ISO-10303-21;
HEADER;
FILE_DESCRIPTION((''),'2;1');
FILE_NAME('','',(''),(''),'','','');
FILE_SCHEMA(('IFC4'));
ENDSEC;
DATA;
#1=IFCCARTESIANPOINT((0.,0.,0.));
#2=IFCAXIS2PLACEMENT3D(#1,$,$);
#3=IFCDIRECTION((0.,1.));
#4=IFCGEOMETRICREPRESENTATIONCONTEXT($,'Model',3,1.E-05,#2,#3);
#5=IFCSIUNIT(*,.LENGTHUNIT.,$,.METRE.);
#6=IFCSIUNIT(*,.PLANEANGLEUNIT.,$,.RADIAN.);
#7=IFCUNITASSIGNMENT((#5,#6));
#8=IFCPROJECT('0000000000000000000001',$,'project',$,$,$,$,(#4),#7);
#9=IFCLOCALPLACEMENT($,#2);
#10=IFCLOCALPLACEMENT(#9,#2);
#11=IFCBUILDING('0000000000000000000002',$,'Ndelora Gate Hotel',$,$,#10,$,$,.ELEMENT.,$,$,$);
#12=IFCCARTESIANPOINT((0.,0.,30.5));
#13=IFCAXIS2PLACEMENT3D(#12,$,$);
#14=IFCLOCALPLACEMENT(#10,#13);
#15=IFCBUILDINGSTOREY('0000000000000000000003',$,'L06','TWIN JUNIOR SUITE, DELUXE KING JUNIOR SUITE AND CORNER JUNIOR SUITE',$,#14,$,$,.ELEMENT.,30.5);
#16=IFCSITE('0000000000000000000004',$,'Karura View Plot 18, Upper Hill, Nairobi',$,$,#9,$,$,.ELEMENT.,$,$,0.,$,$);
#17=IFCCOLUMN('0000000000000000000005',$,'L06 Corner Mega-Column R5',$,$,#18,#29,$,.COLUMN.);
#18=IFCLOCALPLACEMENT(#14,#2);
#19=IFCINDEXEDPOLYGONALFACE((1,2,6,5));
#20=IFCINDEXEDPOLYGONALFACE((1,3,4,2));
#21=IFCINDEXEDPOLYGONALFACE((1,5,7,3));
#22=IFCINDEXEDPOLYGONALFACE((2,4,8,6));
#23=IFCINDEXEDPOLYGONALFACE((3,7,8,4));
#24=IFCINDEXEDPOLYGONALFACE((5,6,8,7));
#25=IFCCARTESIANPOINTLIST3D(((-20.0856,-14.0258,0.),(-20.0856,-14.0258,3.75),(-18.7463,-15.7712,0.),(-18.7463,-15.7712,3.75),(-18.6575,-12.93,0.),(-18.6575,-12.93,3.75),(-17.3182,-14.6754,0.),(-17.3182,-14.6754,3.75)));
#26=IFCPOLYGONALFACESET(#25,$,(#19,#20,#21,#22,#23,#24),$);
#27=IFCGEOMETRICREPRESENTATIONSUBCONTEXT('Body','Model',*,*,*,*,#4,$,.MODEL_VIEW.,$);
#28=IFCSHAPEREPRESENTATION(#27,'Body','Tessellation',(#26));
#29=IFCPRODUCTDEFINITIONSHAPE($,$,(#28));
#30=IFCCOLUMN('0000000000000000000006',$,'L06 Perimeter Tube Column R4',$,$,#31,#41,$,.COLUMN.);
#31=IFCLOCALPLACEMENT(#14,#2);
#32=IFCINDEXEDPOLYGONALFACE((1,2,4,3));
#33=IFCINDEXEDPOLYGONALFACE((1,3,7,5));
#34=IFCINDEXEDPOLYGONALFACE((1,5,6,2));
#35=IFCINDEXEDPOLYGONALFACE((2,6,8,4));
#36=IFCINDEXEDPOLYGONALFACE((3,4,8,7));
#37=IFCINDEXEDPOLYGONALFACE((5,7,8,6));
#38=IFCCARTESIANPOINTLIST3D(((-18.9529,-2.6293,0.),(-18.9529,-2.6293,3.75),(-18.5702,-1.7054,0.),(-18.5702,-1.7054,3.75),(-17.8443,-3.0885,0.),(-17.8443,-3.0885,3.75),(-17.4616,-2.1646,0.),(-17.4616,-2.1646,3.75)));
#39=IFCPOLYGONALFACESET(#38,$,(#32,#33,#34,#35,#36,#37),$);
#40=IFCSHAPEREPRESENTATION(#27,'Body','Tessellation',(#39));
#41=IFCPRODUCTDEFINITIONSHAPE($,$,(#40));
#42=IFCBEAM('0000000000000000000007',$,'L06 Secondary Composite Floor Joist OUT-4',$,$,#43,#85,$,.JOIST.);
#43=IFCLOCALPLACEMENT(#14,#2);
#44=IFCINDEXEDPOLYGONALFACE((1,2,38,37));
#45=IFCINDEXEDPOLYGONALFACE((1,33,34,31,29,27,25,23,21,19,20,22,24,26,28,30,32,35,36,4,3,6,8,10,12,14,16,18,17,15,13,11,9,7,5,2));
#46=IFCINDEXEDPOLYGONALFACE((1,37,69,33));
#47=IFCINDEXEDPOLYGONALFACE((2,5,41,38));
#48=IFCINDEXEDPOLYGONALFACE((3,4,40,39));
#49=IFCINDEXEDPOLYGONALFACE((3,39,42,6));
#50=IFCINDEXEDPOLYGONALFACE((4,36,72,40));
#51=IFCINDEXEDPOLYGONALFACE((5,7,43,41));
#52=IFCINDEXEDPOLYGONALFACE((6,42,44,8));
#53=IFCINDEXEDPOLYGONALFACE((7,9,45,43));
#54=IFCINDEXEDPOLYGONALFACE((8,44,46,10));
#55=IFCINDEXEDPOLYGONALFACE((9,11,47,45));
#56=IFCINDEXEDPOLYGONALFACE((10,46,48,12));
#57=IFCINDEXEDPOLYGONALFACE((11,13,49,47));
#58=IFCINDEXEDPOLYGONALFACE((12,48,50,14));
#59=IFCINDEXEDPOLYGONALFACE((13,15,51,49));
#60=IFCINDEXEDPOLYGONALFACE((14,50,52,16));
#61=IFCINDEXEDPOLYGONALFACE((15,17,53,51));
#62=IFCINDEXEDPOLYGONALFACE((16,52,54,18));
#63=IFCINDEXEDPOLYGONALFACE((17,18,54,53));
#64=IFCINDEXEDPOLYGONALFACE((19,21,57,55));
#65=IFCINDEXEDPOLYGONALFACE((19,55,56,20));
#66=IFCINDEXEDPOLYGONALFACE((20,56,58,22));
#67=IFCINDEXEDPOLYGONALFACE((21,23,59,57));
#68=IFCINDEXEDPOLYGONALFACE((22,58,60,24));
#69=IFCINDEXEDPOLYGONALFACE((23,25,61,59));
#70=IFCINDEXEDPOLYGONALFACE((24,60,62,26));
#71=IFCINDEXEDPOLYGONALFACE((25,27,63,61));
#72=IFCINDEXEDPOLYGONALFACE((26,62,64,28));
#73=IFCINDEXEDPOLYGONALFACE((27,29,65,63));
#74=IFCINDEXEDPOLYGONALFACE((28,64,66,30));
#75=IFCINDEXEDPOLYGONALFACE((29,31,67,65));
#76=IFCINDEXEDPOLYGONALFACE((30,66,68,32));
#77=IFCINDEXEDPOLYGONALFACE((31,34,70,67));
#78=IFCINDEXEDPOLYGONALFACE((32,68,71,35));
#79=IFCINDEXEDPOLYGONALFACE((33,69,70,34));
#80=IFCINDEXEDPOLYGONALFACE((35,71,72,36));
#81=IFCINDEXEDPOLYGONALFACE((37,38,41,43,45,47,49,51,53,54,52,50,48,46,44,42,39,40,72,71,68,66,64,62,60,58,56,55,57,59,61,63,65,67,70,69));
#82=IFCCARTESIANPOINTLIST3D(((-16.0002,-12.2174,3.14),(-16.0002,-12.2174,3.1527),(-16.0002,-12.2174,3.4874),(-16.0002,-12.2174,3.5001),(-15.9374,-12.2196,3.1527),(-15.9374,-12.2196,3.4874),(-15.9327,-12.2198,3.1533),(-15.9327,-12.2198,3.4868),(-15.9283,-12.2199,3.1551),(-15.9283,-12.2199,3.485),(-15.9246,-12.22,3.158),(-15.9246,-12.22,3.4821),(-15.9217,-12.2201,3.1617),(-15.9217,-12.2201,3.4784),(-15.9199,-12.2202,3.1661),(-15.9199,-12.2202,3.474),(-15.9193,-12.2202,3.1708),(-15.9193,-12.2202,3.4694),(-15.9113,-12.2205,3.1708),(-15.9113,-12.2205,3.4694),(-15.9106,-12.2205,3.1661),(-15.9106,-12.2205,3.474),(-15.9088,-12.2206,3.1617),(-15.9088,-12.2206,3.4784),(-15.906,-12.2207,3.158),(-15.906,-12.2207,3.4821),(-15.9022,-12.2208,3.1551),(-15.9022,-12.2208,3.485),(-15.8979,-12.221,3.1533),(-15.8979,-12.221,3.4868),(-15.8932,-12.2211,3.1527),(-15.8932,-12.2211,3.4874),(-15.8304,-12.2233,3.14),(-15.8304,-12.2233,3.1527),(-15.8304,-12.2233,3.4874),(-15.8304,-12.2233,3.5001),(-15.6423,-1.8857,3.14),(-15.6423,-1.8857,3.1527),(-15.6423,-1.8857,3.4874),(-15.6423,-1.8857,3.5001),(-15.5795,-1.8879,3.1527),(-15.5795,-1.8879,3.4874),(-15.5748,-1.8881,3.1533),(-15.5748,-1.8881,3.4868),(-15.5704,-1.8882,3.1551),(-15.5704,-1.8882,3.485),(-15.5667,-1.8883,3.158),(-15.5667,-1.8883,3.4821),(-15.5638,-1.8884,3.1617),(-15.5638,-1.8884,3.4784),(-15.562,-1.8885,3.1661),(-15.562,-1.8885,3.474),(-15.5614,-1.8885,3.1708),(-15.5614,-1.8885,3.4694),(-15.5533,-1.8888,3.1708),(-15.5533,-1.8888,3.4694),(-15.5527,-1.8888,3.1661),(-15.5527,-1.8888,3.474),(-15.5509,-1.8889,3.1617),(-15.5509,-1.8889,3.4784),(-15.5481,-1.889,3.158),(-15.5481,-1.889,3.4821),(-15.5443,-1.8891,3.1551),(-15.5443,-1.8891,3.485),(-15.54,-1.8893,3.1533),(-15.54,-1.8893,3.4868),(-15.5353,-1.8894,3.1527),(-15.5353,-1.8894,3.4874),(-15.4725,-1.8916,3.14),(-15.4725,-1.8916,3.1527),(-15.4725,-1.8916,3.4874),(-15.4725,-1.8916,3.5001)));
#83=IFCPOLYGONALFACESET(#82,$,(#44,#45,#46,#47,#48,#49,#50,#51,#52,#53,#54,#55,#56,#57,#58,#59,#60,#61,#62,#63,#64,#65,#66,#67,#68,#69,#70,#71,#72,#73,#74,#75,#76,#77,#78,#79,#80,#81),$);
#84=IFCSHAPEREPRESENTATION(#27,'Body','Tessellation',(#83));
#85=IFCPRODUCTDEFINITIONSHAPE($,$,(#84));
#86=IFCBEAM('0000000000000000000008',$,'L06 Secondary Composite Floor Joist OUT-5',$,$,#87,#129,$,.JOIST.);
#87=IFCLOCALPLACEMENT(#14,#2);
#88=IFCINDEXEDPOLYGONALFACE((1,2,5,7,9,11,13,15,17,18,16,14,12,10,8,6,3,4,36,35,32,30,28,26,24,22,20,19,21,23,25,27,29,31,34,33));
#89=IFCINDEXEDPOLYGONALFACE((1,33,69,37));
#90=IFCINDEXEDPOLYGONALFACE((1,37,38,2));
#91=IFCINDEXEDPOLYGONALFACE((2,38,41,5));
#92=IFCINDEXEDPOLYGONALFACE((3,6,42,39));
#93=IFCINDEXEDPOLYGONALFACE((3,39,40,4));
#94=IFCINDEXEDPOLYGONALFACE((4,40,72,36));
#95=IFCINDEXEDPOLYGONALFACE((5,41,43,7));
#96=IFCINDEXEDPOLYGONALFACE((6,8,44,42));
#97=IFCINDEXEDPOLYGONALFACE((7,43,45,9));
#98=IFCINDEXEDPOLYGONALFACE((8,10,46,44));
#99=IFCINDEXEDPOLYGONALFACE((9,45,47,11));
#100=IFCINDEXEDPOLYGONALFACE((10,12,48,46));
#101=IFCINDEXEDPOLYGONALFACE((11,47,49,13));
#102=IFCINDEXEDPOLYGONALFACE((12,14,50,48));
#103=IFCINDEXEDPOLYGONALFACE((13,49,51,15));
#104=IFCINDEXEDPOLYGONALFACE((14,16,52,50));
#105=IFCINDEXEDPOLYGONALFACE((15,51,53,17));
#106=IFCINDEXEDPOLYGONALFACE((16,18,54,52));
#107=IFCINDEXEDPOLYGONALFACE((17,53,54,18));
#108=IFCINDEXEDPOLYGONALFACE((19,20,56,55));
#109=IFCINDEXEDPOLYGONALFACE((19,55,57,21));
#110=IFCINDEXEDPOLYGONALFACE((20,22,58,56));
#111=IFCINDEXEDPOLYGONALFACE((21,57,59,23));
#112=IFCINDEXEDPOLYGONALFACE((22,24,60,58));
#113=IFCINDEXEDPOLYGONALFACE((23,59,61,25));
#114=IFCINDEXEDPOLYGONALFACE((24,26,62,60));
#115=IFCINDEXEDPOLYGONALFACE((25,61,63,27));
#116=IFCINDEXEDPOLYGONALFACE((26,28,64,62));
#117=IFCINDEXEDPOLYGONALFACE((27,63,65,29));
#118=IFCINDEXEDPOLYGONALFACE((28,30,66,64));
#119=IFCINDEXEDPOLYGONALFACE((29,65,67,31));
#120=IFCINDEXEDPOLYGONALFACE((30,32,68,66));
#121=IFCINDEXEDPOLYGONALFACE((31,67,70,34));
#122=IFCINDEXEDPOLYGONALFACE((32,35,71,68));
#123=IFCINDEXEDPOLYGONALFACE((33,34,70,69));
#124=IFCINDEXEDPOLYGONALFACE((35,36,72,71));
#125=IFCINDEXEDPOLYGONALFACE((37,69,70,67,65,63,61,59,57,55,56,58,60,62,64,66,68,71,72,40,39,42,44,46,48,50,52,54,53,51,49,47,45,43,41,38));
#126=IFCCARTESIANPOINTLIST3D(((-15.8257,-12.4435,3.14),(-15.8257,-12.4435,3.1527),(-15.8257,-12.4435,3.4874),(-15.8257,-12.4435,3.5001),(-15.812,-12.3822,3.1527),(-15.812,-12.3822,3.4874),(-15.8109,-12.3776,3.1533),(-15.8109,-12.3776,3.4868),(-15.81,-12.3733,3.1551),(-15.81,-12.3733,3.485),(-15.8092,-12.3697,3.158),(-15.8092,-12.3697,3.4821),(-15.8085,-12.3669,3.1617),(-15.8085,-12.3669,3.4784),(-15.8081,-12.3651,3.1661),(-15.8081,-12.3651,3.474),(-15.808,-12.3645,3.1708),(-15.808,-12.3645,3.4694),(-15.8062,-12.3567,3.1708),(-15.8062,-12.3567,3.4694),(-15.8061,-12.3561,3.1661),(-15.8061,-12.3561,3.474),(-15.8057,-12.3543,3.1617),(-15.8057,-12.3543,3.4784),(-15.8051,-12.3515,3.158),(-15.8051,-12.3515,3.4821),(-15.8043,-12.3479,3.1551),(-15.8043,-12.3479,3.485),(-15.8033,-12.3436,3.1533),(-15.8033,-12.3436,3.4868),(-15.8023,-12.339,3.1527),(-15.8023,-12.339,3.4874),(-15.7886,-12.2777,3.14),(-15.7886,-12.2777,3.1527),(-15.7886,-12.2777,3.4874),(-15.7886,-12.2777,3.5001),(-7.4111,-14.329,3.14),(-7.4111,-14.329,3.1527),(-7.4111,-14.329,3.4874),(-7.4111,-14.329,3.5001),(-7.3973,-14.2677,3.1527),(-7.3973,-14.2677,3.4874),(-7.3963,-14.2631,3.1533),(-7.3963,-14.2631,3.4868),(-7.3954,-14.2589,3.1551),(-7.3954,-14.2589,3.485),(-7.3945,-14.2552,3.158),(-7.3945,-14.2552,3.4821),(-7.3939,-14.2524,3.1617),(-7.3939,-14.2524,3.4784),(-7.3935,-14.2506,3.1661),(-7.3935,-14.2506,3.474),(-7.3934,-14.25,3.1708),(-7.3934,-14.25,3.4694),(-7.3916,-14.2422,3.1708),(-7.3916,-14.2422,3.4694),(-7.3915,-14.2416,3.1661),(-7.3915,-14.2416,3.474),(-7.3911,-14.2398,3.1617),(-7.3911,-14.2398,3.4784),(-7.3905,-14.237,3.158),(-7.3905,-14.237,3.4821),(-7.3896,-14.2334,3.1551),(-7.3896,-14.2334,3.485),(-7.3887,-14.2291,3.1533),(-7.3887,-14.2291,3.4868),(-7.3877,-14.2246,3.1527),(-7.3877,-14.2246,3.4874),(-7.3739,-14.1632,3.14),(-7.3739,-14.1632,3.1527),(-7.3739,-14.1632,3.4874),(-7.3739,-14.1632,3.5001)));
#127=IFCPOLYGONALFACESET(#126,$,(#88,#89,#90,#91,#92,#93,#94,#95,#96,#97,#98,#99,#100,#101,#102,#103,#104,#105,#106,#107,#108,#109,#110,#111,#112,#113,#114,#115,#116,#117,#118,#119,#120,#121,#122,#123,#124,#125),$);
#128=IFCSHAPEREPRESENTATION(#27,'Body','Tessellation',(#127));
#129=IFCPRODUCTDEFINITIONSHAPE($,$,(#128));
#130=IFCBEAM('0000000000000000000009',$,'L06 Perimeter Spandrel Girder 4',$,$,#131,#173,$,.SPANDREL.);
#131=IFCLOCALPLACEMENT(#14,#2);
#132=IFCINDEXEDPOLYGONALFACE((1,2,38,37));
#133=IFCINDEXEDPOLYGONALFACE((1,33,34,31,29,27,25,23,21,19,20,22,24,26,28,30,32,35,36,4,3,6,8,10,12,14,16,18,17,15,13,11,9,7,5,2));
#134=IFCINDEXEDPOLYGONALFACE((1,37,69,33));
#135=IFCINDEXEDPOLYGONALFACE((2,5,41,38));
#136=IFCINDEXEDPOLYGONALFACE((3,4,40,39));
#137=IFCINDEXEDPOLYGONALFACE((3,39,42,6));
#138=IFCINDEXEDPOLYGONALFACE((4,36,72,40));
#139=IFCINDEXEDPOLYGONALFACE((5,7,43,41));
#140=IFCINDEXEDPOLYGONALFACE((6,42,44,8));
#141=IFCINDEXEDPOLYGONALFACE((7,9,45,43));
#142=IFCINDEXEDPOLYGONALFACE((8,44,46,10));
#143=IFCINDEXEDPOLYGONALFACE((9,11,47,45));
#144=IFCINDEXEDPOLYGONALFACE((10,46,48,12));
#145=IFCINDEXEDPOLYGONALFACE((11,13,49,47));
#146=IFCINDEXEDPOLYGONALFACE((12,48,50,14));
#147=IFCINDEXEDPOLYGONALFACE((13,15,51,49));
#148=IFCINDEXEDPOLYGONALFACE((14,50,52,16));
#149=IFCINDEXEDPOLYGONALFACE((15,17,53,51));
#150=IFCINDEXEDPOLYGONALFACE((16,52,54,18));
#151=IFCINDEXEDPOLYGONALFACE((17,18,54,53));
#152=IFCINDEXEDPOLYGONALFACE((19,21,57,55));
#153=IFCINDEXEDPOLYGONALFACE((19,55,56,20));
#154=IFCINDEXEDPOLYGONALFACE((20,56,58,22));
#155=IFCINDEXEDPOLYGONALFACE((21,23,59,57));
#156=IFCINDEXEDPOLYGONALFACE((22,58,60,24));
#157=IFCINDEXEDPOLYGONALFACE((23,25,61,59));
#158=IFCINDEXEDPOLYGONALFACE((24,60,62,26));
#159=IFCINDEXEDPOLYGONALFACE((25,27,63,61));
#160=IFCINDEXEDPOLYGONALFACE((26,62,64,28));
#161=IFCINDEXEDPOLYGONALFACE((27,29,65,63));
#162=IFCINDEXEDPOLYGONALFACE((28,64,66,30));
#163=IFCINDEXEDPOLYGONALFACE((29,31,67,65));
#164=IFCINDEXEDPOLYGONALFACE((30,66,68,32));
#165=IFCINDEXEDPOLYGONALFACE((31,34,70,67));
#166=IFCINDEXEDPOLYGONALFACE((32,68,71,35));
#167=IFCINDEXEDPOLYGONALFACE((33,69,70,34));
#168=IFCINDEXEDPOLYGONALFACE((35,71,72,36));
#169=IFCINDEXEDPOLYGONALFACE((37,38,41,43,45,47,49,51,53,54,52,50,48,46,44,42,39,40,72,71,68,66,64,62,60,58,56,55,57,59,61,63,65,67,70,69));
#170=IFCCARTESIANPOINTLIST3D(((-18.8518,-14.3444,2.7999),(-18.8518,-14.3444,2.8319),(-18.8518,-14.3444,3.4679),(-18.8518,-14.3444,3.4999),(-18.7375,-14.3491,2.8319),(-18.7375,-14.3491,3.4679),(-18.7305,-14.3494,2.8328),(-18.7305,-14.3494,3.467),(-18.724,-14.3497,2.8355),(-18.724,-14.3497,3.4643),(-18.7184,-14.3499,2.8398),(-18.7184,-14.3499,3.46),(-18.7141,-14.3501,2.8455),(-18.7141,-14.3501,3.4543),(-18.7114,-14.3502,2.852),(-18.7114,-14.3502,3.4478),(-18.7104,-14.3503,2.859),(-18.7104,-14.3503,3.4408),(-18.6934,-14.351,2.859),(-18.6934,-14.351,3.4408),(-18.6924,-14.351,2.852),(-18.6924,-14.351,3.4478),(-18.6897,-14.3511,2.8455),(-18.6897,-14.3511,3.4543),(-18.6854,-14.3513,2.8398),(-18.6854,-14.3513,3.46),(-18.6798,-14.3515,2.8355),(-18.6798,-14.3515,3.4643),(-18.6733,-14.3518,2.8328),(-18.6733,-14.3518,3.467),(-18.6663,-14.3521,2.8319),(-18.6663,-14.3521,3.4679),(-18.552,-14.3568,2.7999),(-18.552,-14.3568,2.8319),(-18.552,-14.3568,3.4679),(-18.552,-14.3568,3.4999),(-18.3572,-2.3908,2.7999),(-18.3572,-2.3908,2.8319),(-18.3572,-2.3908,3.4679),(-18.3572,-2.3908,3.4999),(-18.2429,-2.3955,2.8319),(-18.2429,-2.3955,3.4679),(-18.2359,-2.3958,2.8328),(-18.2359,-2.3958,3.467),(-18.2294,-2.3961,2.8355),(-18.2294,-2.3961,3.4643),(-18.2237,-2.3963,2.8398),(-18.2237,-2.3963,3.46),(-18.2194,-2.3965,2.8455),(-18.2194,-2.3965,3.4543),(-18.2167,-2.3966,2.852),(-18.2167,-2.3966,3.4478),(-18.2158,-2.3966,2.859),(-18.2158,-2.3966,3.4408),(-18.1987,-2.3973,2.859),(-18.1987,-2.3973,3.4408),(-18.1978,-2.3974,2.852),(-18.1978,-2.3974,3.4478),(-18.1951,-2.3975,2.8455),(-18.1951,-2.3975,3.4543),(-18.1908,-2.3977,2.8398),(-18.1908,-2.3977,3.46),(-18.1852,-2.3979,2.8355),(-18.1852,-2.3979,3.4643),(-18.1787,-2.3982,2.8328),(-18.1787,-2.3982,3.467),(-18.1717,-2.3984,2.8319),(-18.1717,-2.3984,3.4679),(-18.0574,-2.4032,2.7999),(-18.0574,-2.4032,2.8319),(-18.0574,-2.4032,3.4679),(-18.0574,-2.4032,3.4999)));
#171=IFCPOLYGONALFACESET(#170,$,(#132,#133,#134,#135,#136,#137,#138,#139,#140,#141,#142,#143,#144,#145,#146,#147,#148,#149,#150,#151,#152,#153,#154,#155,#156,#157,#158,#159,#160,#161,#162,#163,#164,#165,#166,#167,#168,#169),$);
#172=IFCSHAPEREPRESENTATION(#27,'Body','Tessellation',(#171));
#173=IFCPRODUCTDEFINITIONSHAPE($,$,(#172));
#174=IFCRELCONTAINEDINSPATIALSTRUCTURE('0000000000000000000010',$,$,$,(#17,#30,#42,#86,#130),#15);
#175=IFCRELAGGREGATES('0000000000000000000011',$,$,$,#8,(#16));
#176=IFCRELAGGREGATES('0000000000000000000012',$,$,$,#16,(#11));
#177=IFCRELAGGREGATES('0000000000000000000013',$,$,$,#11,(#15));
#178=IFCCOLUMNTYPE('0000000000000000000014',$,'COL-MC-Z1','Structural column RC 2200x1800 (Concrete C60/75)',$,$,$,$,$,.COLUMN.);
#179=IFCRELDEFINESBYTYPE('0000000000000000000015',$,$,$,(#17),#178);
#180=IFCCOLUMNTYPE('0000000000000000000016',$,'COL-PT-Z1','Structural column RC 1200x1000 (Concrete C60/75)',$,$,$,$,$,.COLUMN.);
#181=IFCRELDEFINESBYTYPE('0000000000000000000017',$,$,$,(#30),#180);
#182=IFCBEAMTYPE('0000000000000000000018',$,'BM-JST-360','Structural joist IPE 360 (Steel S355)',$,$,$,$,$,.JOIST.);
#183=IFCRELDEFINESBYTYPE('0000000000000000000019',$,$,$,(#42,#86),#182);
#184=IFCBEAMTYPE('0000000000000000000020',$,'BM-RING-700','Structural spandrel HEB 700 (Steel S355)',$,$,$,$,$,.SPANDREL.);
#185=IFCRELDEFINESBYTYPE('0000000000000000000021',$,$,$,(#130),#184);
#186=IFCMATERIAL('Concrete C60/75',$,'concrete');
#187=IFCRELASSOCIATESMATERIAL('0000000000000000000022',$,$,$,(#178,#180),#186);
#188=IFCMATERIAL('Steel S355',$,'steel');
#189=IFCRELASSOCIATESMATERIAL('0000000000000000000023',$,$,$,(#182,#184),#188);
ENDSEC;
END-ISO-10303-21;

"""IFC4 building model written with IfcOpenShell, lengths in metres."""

from ifc_helpers import new_model, si_unit, direction, frame, origin, origin_2d, place, context, subcontext, project, spatial, rectangle, i_section, extrude, material, material_profile, profile_set, type_object, element, save


model = new_model("IFC4")

# Units and contexts
model_context = context("Model", 3, precision=1e-05, world=origin(), true_north=direction((0.0, 1.0)))
body_context = subcontext(model_context, "Body", "Model", "MODEL_VIEW")
ifc_project = project(units=[si_unit("LENGTHUNIT", "METRE"), si_unit("PLANEANGLEUNIT", "RADIAN")], contexts=[model_context])

# Site, building, storey
site_placement = place(None, origin())
site = spatial("IfcSite", under=ifc_project, at=site_placement, Name="Karura View Plot 18, Upper Hill, Nairobi", CompositionType="ELEMENT", RefElevation=0.0)
building_placement = place(site_placement, origin())
building = spatial("IfcBuilding", under=site, at=building_placement, Name="Ndelora Gate Hotel", CompositionType="ELEMENT")
storey_placement = place(building_placement, frame((0.0, 0.0, 30.5)))
storey = spatial("IfcBuildingStorey", under=building, at=storey_placement, Name="L06", Description="TWIN JUNIOR SUITE, DELUXE KING JUNIOR SUITE AND CORNER JUNIOR SUITE", CompositionType="ELEMENT", Elevation=30.5)

# Columns
ifc_material_1 = material(Name="Concrete C60/75", Category="concrete")
ifc_material_profile_1 = material_profile(ifc_material_1, rectangle(XDim=1.8, YDim=2.2, at=origin_2d()), Name="RC 2200x1800")
ifc_profile_set_1 = profile_set([ifc_material_profile_1], Name="Concrete C60/75")
column_type_1 = type_object("IfcColumnType", Name="COL-MC-Z1", Description="Structural column RC 2200x1800 (Concrete C60/75)", PredefinedType="COLUMN", material=ifc_profile_set_1)
column_1_placement = place(storey_placement, frame((-18.7019, -14.3506, 0.0), z_axis=(0.0, 0.0, 1.0), x_axis=(0.793353, 0.608761, 0.0)))
element("IfcColumn", 1, at=column_1_placement, inside=storey, type_object=column_type_1, Name="L06 Corner Mega-Column R5", PredefinedType="COLUMN", context=body_context, shape_type="SweptSolid", body=[
    extrude(rectangle(XDim=1.8, YDim=2.2, at=origin_2d()), origin(), (0.0, 0.0, 1.0), 3.75),
])
ifc_material_profile_2 = material_profile(ifc_material_1, rectangle(XDim=1.0, YDim=1.2, at=origin_2d()), Name="RC 1200x1000")
ifc_profile_set_2 = profile_set([ifc_material_profile_2], Name="Concrete C60/75")
column_type_2 = type_object("IfcColumnType", Name="COL-PT-Z1", Description="Structural column RC 1200x1000 (Concrete C60/75)", PredefinedType="COLUMN", material=ifc_profile_set_2)
column_2_placement = place(storey_placement, frame((-18.2073, -2.397, 0.0), z_axis=(0.0, 0.0, 1.0), x_axis=(0.382683, 0.92388, 0.0)))
element("IfcColumn", 2, at=column_2_placement, inside=storey, type_object=column_type_2, Name="L06 Perimeter Tube Column R4", PredefinedType="COLUMN", context=body_context, shape_type="SweptSolid", body=[
    extrude(rectangle(XDim=1.0, YDim=1.2, at=origin_2d()), origin(), (0.0, 0.0, 1.0), 3.75),
])

# Beams
ifc_material_2 = material(Name="Steel S355", Category="steel")
ifc_material_profile_3 = material_profile(ifc_material_2, i_section(OverallWidth=0.1699, OverallDepth=0.3601, WebThickness=0.0081, FlangeThickness=0.0127, FilletRadius=0.0181, at=origin_2d()), Name="IPE 360")
ifc_profile_set_3 = profile_set([ifc_material_profile_3], Name="Steel S355")
beam_type_1 = type_object("IfcBeamType", Name="BM-JST-360", Description="Structural joist IPE 360 (Steel S355)", PredefinedType="JOIST", material=ifc_profile_set_3)
beam_1_placement = place(storey_placement, frame((-15.5574, -1.8887, 3.3201), z_axis=(-0.034621, -0.999401, 0.0), x_axis=(0.999401, -0.034621, 0.0)))
element("IfcBeam", 3, at=beam_1_placement, inside=storey, type_object=beam_type_1, Name="L06 Secondary Composite Floor Joist OUT-4", PredefinedType="JOIST", context=body_context, shape_type="SweptSolid", body=[
    extrude(i_section(OverallWidth=0.1699, OverallDepth=0.3601, WebThickness=0.0081, FlangeThickness=0.0127, FilletRadius=0.0181, at=origin_2d()), origin(), (0.0, 0.0, 1.0), 10.3379),
])
beam_2_placement = place(storey_placement, frame((-15.8071, -12.3606, 3.3201), z_axis=(0.975802, -0.218654, 0.0), x_axis=(0.218654, 0.975802, 0.0)))
element("IfcBeam", 4, at=beam_2_placement, inside=storey, type_object=beam_type_1, Name="L06 Secondary Composite Floor Joist OUT-5", PredefinedType="JOIST", context=body_context, shape_type="SweptSolid", body=[
    extrude(i_section(OverallWidth=0.1699, OverallDepth=0.3601, WebThickness=0.0081, FlangeThickness=0.0127, FilletRadius=0.0181, at=origin_2d()), origin(), (0.0, 0.0, 1.0), 8.6233),
])
ifc_material_profile_4 = material_profile(ifc_material_2, i_section(OverallWidth=0.3, OverallDepth=0.7, WebThickness=0.0171, FlangeThickness=0.032, FilletRadius=0.0271, at=origin_2d()), Name="HEB 700")
ifc_profile_set_4 = profile_set([ifc_material_profile_4], Name="Steel S355")
beam_type_2 = type_object("IfcBeamType", Name="BM-RING-700", Description="Structural spandrel HEB 700 (Steel S355)", PredefinedType="SPANDREL", material=ifc_profile_set_4)
for number, where, z_axis, x_axis, name in (
    (5, (-18.2073, -2.397, 3.1499), (-0.041344, -0.999145, 0.0), (0.999145, -0.041344, 0.0), "L06 Perimeter Spandrel Girder 4"),
):
    element("IfcBeam", number, at=place(storey_placement, frame(where, z_axis=z_axis, x_axis=x_axis)), inside=storey, type_object=beam_type_2, Name=name, PredefinedType="SPANDREL", context=body_context, shape_type="SweptSolid", body=[
        extrude(i_section(OverallWidth=0.3, OverallDepth=0.7, WebThickness=0.0171, FlangeThickness=0.032, FilletRadius=0.0271, at=origin_2d()), origin(), (0.0, 0.0, 1.0), 11.9639),
    ])

save(model, "model.ifc")
